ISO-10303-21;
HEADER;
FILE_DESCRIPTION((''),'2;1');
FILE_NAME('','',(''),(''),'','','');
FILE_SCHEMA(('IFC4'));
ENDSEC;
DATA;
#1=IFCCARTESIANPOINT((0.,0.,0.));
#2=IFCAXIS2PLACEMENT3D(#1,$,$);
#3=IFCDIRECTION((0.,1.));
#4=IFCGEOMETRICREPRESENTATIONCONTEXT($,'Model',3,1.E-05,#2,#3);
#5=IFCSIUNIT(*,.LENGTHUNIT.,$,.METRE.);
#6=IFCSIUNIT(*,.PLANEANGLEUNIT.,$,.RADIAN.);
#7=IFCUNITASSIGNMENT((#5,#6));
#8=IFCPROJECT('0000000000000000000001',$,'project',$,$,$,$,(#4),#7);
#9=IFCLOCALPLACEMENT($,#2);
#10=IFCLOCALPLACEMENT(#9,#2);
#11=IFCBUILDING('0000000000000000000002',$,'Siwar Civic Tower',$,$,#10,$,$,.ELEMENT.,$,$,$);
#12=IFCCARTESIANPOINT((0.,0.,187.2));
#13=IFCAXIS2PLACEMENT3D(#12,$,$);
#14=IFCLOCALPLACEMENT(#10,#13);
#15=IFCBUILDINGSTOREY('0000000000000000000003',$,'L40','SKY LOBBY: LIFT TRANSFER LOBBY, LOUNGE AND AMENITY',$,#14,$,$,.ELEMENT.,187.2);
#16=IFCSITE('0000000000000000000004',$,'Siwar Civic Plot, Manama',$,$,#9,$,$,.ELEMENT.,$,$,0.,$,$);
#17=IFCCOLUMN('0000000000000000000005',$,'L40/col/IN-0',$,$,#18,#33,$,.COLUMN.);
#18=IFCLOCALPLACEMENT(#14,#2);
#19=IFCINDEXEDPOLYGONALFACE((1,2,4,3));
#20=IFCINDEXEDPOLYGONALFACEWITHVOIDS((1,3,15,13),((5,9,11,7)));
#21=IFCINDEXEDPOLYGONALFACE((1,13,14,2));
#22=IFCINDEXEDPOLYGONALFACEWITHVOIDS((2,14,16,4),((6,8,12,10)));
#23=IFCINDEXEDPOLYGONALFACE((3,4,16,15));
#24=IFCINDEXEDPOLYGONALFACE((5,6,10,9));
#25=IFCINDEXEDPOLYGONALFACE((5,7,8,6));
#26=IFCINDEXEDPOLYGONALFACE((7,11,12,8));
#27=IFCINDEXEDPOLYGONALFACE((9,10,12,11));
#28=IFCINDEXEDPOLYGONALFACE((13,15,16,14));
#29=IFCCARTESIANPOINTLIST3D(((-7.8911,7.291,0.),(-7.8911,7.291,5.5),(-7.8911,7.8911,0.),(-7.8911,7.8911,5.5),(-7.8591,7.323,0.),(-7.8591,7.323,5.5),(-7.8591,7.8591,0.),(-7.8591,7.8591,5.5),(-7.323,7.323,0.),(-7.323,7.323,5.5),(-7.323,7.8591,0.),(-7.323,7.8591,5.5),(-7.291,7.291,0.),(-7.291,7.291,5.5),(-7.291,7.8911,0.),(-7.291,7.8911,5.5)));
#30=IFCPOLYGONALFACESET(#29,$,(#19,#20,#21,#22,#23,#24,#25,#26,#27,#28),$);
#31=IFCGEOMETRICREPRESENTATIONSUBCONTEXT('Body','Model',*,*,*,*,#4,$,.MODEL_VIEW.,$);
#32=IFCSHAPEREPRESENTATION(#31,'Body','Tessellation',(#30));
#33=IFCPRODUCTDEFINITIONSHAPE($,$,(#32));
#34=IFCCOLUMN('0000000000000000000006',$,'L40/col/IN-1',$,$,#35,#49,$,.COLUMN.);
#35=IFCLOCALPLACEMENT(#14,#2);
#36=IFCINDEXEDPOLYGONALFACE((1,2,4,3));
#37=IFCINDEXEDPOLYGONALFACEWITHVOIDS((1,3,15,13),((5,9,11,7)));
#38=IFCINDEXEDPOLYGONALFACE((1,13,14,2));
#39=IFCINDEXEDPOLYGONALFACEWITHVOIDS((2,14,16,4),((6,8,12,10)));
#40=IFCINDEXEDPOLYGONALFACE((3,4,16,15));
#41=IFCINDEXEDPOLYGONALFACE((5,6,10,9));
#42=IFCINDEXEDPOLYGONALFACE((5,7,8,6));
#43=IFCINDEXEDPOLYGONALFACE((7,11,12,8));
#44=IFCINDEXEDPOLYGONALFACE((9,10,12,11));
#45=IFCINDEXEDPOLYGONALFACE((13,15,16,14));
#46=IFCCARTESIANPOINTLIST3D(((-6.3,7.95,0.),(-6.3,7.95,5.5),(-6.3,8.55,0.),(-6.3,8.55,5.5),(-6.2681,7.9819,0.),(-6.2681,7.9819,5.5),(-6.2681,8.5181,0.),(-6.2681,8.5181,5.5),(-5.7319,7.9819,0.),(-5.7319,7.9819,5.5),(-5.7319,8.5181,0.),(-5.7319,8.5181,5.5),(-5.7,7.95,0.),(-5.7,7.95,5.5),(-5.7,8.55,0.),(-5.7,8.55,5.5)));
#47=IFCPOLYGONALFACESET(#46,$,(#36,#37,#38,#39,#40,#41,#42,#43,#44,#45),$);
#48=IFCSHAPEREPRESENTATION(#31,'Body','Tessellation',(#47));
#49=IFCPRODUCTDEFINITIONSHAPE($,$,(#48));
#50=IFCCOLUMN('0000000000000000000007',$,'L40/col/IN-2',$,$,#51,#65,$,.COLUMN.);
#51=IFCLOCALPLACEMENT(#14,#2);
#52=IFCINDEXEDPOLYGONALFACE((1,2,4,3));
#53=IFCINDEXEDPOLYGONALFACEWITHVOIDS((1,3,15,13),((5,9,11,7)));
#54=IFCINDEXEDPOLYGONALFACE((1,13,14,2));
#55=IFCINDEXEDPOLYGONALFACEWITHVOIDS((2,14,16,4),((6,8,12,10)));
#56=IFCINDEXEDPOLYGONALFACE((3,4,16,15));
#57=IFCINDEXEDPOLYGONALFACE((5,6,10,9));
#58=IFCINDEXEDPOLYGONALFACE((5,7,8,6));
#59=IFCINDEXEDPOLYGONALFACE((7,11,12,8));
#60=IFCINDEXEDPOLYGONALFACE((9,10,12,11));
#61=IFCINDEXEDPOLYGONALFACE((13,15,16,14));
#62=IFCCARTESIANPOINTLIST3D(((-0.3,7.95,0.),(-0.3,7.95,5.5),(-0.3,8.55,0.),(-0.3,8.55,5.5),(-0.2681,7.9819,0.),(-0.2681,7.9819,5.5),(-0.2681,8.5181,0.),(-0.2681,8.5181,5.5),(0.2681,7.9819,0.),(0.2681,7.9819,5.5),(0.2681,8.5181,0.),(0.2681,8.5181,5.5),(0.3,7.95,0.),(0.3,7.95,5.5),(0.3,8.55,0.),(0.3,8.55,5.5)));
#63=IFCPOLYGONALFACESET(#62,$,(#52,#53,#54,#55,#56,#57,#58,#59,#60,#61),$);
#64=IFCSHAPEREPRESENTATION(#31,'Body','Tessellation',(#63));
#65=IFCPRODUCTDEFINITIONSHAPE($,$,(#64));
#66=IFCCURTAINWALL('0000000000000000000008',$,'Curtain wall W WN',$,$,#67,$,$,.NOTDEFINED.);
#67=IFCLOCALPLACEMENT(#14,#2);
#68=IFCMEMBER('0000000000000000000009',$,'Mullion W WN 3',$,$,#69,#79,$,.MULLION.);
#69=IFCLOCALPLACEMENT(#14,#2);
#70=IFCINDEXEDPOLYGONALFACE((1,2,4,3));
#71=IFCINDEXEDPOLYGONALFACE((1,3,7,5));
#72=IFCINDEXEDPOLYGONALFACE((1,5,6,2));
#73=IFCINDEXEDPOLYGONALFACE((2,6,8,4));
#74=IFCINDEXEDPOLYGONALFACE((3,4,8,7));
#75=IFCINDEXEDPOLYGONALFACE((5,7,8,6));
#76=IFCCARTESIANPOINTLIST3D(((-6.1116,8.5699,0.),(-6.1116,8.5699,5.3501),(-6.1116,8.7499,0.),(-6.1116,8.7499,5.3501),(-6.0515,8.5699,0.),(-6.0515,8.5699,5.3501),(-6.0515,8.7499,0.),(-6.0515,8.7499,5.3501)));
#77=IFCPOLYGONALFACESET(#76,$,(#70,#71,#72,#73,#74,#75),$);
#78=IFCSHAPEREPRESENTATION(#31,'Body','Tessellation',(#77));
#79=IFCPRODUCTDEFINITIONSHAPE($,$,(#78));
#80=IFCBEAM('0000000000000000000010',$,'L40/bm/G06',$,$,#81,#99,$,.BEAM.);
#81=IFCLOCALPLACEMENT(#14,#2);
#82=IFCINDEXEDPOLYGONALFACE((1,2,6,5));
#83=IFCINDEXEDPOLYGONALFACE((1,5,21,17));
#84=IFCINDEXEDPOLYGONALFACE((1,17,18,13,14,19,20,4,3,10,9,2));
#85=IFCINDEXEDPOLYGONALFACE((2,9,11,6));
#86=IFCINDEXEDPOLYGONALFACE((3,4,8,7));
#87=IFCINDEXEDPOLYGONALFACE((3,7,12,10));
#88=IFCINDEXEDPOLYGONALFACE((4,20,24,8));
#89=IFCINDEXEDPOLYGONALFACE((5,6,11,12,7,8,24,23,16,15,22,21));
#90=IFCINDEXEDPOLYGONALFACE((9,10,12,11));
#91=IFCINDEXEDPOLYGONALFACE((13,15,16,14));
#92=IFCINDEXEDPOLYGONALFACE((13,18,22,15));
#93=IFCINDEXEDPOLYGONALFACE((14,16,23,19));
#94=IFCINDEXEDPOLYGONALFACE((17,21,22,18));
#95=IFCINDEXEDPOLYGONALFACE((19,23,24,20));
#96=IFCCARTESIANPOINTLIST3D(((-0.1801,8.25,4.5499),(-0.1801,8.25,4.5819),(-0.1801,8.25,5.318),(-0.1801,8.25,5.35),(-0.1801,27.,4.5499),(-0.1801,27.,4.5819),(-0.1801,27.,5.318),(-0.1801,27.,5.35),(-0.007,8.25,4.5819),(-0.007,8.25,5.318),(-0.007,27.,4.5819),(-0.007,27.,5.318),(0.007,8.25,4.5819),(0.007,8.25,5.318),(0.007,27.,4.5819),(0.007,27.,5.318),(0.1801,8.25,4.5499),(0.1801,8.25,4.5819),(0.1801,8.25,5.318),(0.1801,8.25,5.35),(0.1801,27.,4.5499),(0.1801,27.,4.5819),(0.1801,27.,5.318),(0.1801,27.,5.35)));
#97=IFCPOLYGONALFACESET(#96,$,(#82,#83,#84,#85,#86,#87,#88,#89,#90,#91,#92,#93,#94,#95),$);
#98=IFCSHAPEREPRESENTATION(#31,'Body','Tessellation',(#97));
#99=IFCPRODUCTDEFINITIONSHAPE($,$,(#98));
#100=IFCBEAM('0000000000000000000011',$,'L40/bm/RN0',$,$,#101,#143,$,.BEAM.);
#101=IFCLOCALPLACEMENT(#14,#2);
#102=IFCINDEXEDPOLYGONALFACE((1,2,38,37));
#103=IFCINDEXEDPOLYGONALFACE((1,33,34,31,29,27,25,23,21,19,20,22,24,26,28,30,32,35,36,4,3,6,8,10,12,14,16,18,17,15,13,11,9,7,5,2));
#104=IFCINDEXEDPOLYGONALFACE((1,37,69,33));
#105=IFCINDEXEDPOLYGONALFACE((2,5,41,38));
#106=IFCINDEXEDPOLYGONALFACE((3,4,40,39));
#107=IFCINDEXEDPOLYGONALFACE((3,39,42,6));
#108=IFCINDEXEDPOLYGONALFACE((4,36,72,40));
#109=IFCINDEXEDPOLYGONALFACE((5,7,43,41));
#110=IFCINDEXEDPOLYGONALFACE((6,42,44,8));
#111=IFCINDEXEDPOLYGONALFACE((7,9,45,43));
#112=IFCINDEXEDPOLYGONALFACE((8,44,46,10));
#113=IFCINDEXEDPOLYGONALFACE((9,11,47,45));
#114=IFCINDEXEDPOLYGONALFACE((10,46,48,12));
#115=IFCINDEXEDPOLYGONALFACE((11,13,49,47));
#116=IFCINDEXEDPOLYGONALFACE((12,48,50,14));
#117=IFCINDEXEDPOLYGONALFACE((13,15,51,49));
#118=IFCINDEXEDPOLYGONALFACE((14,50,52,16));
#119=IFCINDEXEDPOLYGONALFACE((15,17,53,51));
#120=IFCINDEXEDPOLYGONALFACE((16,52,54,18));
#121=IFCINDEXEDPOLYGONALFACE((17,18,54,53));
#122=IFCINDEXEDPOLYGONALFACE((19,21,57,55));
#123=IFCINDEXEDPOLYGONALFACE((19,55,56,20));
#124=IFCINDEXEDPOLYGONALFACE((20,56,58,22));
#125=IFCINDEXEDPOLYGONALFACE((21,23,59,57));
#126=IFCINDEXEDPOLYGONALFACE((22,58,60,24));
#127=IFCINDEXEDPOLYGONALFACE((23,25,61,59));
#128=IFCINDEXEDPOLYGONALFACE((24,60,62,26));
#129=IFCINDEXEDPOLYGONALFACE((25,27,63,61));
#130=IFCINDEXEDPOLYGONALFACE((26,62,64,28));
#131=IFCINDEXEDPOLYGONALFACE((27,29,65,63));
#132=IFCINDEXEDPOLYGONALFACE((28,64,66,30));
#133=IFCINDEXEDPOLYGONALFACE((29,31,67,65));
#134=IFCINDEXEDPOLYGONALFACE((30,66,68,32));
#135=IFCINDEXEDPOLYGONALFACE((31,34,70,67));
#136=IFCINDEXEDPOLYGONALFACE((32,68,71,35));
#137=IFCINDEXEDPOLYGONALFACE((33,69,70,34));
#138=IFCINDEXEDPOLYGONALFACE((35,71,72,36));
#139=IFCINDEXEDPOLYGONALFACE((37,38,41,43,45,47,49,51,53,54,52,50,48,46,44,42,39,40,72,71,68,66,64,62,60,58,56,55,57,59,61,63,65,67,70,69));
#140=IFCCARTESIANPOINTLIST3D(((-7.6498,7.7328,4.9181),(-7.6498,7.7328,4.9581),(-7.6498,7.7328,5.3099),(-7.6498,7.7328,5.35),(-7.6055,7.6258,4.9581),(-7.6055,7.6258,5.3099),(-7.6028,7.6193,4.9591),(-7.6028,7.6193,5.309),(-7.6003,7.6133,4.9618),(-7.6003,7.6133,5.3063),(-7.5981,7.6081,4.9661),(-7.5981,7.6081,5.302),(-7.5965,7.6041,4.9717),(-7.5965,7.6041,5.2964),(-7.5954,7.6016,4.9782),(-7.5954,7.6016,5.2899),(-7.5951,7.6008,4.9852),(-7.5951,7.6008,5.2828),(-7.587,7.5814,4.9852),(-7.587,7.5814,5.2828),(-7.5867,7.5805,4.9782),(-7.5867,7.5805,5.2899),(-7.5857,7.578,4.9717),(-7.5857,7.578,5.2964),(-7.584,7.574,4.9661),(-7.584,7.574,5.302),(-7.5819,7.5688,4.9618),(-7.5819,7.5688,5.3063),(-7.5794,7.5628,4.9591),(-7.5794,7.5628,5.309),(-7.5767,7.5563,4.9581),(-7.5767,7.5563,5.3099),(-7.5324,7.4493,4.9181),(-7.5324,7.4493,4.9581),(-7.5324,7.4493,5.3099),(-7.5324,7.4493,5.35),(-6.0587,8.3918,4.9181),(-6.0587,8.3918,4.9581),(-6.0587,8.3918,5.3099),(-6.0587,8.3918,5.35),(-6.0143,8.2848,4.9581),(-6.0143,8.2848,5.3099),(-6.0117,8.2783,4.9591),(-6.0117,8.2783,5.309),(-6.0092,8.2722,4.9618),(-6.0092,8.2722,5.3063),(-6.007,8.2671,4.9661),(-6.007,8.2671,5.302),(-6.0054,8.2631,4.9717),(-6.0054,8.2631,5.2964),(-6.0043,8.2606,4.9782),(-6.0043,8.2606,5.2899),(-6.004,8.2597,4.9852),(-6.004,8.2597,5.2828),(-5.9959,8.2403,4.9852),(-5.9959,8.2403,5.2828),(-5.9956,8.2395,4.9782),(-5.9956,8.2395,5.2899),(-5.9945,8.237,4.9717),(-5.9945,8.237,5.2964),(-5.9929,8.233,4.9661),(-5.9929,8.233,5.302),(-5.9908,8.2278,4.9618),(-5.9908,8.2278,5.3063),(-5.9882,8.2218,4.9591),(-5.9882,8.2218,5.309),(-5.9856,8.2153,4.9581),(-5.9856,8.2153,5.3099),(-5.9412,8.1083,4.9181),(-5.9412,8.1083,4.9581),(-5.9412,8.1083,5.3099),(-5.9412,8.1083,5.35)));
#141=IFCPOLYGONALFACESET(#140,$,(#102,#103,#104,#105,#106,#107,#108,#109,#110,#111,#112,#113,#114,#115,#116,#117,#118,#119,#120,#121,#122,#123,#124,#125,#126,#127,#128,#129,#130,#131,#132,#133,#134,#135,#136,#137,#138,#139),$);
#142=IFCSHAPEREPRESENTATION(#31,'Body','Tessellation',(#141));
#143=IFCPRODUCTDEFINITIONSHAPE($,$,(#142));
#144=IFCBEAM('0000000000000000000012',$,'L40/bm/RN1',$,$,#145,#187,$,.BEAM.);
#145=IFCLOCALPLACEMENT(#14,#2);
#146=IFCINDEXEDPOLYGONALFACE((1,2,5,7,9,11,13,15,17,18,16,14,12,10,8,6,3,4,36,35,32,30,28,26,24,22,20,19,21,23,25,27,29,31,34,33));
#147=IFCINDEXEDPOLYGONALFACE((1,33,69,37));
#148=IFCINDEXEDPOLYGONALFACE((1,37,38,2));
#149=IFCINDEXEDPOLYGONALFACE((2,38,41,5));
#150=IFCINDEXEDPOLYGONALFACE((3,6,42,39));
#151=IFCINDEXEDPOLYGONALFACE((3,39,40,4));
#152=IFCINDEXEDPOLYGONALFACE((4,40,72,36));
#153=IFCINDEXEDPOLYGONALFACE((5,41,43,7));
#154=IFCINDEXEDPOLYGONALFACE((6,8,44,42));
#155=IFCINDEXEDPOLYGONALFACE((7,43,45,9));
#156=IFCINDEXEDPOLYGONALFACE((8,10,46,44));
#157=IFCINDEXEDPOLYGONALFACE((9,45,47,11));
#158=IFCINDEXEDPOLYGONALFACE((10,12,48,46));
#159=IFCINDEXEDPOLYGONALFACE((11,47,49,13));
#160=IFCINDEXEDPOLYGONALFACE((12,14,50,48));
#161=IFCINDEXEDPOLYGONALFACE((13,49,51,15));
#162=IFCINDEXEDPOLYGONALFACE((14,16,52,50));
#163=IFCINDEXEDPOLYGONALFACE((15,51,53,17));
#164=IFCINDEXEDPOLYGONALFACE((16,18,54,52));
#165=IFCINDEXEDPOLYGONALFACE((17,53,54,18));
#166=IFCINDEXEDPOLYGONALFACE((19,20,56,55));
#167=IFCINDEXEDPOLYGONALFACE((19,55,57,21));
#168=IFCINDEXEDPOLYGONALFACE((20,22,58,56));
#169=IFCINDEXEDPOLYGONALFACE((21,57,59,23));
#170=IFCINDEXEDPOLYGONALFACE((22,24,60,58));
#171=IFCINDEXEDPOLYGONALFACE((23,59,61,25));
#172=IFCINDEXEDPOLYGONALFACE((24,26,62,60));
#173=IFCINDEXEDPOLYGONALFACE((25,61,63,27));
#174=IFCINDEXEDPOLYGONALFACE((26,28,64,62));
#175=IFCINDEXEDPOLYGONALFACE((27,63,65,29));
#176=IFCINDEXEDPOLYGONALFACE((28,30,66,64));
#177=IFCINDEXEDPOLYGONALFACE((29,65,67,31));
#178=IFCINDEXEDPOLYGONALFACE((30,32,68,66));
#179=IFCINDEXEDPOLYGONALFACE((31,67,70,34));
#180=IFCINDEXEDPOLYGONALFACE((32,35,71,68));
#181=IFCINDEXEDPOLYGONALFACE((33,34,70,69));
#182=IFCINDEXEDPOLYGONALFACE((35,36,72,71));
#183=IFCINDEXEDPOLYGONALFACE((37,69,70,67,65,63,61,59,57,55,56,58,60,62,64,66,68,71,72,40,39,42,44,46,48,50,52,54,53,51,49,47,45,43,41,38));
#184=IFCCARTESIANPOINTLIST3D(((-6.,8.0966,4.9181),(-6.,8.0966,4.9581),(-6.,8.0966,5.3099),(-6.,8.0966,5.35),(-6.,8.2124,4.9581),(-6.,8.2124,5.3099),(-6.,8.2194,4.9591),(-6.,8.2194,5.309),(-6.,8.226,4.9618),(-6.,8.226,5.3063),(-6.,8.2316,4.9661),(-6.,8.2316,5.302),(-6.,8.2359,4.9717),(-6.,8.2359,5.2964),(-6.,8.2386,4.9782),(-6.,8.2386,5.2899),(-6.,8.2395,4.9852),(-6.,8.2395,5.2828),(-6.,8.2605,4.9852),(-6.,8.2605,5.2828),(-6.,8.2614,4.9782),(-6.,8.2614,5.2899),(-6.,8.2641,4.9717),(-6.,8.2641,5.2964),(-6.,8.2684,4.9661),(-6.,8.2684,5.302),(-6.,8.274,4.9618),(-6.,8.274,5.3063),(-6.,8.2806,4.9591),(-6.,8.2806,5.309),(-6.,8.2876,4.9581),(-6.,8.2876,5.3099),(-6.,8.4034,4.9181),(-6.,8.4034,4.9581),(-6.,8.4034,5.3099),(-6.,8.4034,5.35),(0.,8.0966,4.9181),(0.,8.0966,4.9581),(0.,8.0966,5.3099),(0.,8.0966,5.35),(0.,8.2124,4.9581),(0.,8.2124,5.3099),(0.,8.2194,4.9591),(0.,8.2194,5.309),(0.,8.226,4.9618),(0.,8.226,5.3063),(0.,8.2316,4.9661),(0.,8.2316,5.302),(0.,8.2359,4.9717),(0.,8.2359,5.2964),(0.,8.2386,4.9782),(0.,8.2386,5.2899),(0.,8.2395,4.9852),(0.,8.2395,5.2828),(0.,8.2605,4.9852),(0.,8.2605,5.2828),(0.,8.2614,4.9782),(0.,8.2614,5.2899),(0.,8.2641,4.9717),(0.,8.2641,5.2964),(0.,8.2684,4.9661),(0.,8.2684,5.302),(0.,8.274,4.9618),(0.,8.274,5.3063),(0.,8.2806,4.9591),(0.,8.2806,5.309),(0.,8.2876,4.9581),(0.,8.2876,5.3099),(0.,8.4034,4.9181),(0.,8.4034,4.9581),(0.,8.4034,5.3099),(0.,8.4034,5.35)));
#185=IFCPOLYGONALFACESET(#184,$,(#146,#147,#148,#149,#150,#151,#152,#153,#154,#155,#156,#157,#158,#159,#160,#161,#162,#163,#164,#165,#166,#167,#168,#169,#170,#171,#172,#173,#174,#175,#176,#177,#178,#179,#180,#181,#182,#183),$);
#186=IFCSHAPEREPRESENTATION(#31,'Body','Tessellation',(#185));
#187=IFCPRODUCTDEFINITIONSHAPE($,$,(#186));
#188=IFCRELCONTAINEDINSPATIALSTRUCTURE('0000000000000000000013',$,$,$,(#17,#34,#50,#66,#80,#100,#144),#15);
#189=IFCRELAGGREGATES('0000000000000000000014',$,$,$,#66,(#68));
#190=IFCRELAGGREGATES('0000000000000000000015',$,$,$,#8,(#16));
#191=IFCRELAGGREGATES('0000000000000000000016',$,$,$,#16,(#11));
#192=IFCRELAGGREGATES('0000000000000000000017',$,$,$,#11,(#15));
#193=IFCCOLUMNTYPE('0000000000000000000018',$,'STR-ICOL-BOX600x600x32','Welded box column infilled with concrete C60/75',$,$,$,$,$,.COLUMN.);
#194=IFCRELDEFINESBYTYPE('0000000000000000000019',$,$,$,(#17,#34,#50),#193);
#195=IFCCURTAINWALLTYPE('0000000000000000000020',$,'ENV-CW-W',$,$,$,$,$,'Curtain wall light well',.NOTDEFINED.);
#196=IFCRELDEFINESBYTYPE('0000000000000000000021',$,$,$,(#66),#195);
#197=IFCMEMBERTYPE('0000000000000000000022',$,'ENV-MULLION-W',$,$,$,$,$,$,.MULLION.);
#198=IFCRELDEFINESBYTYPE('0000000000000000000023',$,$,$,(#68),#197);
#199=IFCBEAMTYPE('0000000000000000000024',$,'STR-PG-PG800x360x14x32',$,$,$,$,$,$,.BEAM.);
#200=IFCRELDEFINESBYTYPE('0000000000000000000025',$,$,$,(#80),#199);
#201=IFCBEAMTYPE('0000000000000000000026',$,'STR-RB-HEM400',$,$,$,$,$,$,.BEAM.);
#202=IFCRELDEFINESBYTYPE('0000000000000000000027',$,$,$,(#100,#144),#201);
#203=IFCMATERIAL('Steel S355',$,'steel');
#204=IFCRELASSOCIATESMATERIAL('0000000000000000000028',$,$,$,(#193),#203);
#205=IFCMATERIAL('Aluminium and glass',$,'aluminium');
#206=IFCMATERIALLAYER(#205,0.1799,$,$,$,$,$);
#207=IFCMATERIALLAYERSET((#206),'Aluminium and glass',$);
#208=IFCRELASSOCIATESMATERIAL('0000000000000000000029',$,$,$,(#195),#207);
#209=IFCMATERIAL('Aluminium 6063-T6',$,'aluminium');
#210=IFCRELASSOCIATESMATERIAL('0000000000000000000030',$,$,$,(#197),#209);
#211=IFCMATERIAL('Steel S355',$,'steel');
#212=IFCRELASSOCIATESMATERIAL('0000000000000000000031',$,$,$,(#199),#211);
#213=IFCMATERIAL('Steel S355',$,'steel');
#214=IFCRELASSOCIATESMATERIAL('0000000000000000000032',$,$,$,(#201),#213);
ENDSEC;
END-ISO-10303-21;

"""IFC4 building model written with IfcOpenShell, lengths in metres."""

from ifc_helpers import new_model, si_unit, direction, frame, origin, origin_2d, place, context, subcontext, project, spatial, rectangle, hollow_rectangle, i_section, extrude, material, layer, layer_set, material_profile, profile_set, type_object, element, aggregate, save


model = new_model("IFC4")

# Units and contexts
model_context = context("Model", 3, precision=1e-05, world=origin(), true_north=direction((0.0, 1.0)))
body_context = subcontext(model_context, "Body", "Model", "MODEL_VIEW")
ifc_project = project(units=[si_unit("LENGTHUNIT", "METRE"), si_unit("PLANEANGLEUNIT", "RADIAN")], contexts=[model_context])

# Site, building, storey
site_placement = place(None, origin())
site = spatial("IfcSite", under=ifc_project, at=site_placement, Name="Siwar Civic Plot, Manama", CompositionType="ELEMENT", RefElevation=0.0)
building_placement = place(site_placement, origin())
building = spatial("IfcBuilding", under=site, at=building_placement, Name="Siwar Civic Tower", CompositionType="ELEMENT")
storey_placement = place(building_placement, frame((0.0, 0.0, 187.2)))
storey = spatial("IfcBuildingStorey", under=building, at=storey_placement, Name="L40", Description="SKY LOBBY: LIFT TRANSFER LOBBY, LOUNGE AND AMENITY", CompositionType="ELEMENT", Elevation=187.2)

# Columns
ifc_material_1 = material(Name="Steel S355", Category="steel")
ifc_material_profile_1 = material_profile(ifc_material_1, hollow_rectangle(XDim=0.6001, YDim=0.6001, WallThickness=0.032, at=origin_2d()), Name="BOX600x600x32")
ifc_profile_set_1 = profile_set([ifc_material_profile_1], Name="Steel S355")
column_type = type_object("IfcColumnType", Name="STR-ICOL-BOX600x600x32", Description="Welded box column infilled with concrete C60/75", PredefinedType="COLUMN", material=ifc_profile_set_1)
for number, where, z_axis, x_axis, name in (
    (1, (-7.5911, 7.5911, 0.0), (0.0, 0.0, 1.0), (1.0, 0.0, 0.0), "L40/col/IN-0"),
    (2, (-6.0, 8.25, 0.0), (0.0, 0.0, 1.0), (1.0, 0.0, 0.0), "L40/col/IN-1"),
    (3, (0.0, 8.25, 0.0), (0.0, 0.0, 1.0), (1.0, 0.0, 0.0), "L40/col/IN-2"),
):
    element("IfcColumn", number, at=place(storey_placement, frame(where, z_axis=z_axis, x_axis=x_axis)), inside=storey, type_object=column_type, Name=name, PredefinedType="COLUMN", context=body_context, shape_type="SweptSolid", body=[
        extrude(hollow_rectangle(XDim=0.6001, YDim=0.6001, WallThickness=0.032, at=origin_2d()), origin(), (0.0, 0.0, 1.0), 5.5),
    ])

# Curtain wall, member
ifc_material_2 = material(Name="Aluminium and glass", Category="aluminium")
ifc_layer_1 = layer(ifc_material_2, 0.1799)
ifc_layer_set_1 = layer_set([ifc_layer_1], Name="Aluminium and glass")
curtain_wall_type = type_object("IfcCurtainWallType", Name="ENV-CW-W", ElementType="Curtain wall light well", PredefinedType="NOTDEFINED", material=ifc_layer_set_1)
curtain_wall_placement = place(storey_placement, origin())
curtain_wall = element("IfcCurtainWall", 4, at=curtain_wall_placement, inside=storey, type_object=curtain_wall_type, Name="Curtain wall W WN", PredefinedType="NOTDEFINED")
ifc_material_3 = material(Name="Aluminium 6063-T6", Category="aluminium")
ifc_material_profile_2 = material_profile(ifc_material_3, rectangle(XDim=0.1799, YDim=0.0601, at=origin_2d()), Name="AL 180x60")
ifc_profile_set_2 = profile_set([ifc_material_profile_2], Name="Aluminium 6063-T6")
member_type = type_object("IfcMemberType", Name="ENV-MULLION-W", PredefinedType="MULLION", material=ifc_profile_set_2)
member_placement = place(storey_placement, frame((-6.0815, 8.6599, 0.0), z_axis=(0.0, 0.0, 1.0), x_axis=(0.0, -1.0, 0.0)))
member = element("IfcMember", 5, at=member_placement, type_object=member_type, Name="Mullion W WN 3", PredefinedType="MULLION", context=body_context, shape_type="SweptSolid", body=[
    extrude(rectangle(XDim=0.1799, YDim=0.0601, at=origin_2d()), origin(), (0.0, 0.0, 1.0), 5.3501),
])

# Beams
ifc_material_4 = material(Name="Steel S355", Category="steel")
ifc_material_profile_3 = material_profile(ifc_material_4, i_section(OverallWidth=0.3601, OverallDepth=0.8, WebThickness=0.0139, FlangeThickness=0.032, at=origin_2d()), Name="PG800x360x14x32")
ifc_profile_set_3 = profile_set([ifc_material_profile_3], Name="Steel S355")
beam_type_1 = type_object("IfcBeamType", Name="STR-PG-PG800x360x14x32", PredefinedType="BEAM", material=ifc_profile_set_3)
beam_1_placement = place(storey_placement, frame((0.0, 8.25, 4.95), z_axis=(0.0, 1.0, 0.0), x_axis=(-1.0, 0.0, 0.0)))
element("IfcBeam", 6, at=beam_1_placement, inside=storey, type_object=beam_type_1, Name="L40/bm/G06", PredefinedType="BEAM", context=body_context, shape_type="SweptSolid", body=[
    extrude(i_section(OverallWidth=0.3601, OverallDepth=0.8, WebThickness=0.0139, FlangeThickness=0.032, at=origin_2d()), origin(), (0.0, 0.0, 1.0), 18.75),
])
ifc_material_5 = material(Name="Steel S355", Category="steel")
ifc_material_profile_4 = material_profile(ifc_material_5, i_section(OverallWidth=0.3069, OverallDepth=0.4319, WebThickness=0.021, FlangeThickness=0.04, FilletRadius=0.0271, at=origin_2d()), Name="HEM400")
ifc_profile_set_4 = profile_set([ifc_material_profile_4], Name="Steel S355")
beam_type_2 = type_object("IfcBeamType", Name="STR-RB-HEM400", PredefinedType="BEAM", material=ifc_profile_set_4)
beam_2_placement = place(storey_placement, frame((-7.5911, 7.5911, 5.134), z_axis=(0.923901, 0.382631, 0.0), x_axis=(-0.382631, 0.923901, 0.0)))
element("IfcBeam", 7, at=beam_2_placement, inside=storey, type_object=beam_type_2, Name="L40/bm/RN0", PredefinedType="BEAM", context=body_context, shape_type="SweptSolid", body=[
    extrude(i_section(OverallWidth=0.3069, OverallDepth=0.4319, WebThickness=0.021, FlangeThickness=0.04, FilletRadius=0.0271, at=origin_2d()), origin(), (0.0, 0.0, 1.0), 1.7222),
])
for number, where, z_axis, x_axis, name in (
    (8, (-6.0, 8.25, 5.134), (1.0, 0.0, 0.0), (0.0, 1.0, 0.0), "L40/bm/RN1"),
):
    element("IfcBeam", number, at=place(storey_placement, frame(where, z_axis=z_axis, x_axis=x_axis)), inside=storey, type_object=beam_type_2, Name=name, PredefinedType="BEAM", context=body_context, shape_type="SweptSolid", body=[
        extrude(i_section(OverallWidth=0.3069, OverallDepth=0.4319, WebThickness=0.021, FlangeThickness=0.04, FilletRadius=0.0271, at=origin_2d()), origin(), (0.0, 0.0, 1.0), 6.0),
    ])

aggregate(curtain_wall, [member])

save(model, "model.ifc")
